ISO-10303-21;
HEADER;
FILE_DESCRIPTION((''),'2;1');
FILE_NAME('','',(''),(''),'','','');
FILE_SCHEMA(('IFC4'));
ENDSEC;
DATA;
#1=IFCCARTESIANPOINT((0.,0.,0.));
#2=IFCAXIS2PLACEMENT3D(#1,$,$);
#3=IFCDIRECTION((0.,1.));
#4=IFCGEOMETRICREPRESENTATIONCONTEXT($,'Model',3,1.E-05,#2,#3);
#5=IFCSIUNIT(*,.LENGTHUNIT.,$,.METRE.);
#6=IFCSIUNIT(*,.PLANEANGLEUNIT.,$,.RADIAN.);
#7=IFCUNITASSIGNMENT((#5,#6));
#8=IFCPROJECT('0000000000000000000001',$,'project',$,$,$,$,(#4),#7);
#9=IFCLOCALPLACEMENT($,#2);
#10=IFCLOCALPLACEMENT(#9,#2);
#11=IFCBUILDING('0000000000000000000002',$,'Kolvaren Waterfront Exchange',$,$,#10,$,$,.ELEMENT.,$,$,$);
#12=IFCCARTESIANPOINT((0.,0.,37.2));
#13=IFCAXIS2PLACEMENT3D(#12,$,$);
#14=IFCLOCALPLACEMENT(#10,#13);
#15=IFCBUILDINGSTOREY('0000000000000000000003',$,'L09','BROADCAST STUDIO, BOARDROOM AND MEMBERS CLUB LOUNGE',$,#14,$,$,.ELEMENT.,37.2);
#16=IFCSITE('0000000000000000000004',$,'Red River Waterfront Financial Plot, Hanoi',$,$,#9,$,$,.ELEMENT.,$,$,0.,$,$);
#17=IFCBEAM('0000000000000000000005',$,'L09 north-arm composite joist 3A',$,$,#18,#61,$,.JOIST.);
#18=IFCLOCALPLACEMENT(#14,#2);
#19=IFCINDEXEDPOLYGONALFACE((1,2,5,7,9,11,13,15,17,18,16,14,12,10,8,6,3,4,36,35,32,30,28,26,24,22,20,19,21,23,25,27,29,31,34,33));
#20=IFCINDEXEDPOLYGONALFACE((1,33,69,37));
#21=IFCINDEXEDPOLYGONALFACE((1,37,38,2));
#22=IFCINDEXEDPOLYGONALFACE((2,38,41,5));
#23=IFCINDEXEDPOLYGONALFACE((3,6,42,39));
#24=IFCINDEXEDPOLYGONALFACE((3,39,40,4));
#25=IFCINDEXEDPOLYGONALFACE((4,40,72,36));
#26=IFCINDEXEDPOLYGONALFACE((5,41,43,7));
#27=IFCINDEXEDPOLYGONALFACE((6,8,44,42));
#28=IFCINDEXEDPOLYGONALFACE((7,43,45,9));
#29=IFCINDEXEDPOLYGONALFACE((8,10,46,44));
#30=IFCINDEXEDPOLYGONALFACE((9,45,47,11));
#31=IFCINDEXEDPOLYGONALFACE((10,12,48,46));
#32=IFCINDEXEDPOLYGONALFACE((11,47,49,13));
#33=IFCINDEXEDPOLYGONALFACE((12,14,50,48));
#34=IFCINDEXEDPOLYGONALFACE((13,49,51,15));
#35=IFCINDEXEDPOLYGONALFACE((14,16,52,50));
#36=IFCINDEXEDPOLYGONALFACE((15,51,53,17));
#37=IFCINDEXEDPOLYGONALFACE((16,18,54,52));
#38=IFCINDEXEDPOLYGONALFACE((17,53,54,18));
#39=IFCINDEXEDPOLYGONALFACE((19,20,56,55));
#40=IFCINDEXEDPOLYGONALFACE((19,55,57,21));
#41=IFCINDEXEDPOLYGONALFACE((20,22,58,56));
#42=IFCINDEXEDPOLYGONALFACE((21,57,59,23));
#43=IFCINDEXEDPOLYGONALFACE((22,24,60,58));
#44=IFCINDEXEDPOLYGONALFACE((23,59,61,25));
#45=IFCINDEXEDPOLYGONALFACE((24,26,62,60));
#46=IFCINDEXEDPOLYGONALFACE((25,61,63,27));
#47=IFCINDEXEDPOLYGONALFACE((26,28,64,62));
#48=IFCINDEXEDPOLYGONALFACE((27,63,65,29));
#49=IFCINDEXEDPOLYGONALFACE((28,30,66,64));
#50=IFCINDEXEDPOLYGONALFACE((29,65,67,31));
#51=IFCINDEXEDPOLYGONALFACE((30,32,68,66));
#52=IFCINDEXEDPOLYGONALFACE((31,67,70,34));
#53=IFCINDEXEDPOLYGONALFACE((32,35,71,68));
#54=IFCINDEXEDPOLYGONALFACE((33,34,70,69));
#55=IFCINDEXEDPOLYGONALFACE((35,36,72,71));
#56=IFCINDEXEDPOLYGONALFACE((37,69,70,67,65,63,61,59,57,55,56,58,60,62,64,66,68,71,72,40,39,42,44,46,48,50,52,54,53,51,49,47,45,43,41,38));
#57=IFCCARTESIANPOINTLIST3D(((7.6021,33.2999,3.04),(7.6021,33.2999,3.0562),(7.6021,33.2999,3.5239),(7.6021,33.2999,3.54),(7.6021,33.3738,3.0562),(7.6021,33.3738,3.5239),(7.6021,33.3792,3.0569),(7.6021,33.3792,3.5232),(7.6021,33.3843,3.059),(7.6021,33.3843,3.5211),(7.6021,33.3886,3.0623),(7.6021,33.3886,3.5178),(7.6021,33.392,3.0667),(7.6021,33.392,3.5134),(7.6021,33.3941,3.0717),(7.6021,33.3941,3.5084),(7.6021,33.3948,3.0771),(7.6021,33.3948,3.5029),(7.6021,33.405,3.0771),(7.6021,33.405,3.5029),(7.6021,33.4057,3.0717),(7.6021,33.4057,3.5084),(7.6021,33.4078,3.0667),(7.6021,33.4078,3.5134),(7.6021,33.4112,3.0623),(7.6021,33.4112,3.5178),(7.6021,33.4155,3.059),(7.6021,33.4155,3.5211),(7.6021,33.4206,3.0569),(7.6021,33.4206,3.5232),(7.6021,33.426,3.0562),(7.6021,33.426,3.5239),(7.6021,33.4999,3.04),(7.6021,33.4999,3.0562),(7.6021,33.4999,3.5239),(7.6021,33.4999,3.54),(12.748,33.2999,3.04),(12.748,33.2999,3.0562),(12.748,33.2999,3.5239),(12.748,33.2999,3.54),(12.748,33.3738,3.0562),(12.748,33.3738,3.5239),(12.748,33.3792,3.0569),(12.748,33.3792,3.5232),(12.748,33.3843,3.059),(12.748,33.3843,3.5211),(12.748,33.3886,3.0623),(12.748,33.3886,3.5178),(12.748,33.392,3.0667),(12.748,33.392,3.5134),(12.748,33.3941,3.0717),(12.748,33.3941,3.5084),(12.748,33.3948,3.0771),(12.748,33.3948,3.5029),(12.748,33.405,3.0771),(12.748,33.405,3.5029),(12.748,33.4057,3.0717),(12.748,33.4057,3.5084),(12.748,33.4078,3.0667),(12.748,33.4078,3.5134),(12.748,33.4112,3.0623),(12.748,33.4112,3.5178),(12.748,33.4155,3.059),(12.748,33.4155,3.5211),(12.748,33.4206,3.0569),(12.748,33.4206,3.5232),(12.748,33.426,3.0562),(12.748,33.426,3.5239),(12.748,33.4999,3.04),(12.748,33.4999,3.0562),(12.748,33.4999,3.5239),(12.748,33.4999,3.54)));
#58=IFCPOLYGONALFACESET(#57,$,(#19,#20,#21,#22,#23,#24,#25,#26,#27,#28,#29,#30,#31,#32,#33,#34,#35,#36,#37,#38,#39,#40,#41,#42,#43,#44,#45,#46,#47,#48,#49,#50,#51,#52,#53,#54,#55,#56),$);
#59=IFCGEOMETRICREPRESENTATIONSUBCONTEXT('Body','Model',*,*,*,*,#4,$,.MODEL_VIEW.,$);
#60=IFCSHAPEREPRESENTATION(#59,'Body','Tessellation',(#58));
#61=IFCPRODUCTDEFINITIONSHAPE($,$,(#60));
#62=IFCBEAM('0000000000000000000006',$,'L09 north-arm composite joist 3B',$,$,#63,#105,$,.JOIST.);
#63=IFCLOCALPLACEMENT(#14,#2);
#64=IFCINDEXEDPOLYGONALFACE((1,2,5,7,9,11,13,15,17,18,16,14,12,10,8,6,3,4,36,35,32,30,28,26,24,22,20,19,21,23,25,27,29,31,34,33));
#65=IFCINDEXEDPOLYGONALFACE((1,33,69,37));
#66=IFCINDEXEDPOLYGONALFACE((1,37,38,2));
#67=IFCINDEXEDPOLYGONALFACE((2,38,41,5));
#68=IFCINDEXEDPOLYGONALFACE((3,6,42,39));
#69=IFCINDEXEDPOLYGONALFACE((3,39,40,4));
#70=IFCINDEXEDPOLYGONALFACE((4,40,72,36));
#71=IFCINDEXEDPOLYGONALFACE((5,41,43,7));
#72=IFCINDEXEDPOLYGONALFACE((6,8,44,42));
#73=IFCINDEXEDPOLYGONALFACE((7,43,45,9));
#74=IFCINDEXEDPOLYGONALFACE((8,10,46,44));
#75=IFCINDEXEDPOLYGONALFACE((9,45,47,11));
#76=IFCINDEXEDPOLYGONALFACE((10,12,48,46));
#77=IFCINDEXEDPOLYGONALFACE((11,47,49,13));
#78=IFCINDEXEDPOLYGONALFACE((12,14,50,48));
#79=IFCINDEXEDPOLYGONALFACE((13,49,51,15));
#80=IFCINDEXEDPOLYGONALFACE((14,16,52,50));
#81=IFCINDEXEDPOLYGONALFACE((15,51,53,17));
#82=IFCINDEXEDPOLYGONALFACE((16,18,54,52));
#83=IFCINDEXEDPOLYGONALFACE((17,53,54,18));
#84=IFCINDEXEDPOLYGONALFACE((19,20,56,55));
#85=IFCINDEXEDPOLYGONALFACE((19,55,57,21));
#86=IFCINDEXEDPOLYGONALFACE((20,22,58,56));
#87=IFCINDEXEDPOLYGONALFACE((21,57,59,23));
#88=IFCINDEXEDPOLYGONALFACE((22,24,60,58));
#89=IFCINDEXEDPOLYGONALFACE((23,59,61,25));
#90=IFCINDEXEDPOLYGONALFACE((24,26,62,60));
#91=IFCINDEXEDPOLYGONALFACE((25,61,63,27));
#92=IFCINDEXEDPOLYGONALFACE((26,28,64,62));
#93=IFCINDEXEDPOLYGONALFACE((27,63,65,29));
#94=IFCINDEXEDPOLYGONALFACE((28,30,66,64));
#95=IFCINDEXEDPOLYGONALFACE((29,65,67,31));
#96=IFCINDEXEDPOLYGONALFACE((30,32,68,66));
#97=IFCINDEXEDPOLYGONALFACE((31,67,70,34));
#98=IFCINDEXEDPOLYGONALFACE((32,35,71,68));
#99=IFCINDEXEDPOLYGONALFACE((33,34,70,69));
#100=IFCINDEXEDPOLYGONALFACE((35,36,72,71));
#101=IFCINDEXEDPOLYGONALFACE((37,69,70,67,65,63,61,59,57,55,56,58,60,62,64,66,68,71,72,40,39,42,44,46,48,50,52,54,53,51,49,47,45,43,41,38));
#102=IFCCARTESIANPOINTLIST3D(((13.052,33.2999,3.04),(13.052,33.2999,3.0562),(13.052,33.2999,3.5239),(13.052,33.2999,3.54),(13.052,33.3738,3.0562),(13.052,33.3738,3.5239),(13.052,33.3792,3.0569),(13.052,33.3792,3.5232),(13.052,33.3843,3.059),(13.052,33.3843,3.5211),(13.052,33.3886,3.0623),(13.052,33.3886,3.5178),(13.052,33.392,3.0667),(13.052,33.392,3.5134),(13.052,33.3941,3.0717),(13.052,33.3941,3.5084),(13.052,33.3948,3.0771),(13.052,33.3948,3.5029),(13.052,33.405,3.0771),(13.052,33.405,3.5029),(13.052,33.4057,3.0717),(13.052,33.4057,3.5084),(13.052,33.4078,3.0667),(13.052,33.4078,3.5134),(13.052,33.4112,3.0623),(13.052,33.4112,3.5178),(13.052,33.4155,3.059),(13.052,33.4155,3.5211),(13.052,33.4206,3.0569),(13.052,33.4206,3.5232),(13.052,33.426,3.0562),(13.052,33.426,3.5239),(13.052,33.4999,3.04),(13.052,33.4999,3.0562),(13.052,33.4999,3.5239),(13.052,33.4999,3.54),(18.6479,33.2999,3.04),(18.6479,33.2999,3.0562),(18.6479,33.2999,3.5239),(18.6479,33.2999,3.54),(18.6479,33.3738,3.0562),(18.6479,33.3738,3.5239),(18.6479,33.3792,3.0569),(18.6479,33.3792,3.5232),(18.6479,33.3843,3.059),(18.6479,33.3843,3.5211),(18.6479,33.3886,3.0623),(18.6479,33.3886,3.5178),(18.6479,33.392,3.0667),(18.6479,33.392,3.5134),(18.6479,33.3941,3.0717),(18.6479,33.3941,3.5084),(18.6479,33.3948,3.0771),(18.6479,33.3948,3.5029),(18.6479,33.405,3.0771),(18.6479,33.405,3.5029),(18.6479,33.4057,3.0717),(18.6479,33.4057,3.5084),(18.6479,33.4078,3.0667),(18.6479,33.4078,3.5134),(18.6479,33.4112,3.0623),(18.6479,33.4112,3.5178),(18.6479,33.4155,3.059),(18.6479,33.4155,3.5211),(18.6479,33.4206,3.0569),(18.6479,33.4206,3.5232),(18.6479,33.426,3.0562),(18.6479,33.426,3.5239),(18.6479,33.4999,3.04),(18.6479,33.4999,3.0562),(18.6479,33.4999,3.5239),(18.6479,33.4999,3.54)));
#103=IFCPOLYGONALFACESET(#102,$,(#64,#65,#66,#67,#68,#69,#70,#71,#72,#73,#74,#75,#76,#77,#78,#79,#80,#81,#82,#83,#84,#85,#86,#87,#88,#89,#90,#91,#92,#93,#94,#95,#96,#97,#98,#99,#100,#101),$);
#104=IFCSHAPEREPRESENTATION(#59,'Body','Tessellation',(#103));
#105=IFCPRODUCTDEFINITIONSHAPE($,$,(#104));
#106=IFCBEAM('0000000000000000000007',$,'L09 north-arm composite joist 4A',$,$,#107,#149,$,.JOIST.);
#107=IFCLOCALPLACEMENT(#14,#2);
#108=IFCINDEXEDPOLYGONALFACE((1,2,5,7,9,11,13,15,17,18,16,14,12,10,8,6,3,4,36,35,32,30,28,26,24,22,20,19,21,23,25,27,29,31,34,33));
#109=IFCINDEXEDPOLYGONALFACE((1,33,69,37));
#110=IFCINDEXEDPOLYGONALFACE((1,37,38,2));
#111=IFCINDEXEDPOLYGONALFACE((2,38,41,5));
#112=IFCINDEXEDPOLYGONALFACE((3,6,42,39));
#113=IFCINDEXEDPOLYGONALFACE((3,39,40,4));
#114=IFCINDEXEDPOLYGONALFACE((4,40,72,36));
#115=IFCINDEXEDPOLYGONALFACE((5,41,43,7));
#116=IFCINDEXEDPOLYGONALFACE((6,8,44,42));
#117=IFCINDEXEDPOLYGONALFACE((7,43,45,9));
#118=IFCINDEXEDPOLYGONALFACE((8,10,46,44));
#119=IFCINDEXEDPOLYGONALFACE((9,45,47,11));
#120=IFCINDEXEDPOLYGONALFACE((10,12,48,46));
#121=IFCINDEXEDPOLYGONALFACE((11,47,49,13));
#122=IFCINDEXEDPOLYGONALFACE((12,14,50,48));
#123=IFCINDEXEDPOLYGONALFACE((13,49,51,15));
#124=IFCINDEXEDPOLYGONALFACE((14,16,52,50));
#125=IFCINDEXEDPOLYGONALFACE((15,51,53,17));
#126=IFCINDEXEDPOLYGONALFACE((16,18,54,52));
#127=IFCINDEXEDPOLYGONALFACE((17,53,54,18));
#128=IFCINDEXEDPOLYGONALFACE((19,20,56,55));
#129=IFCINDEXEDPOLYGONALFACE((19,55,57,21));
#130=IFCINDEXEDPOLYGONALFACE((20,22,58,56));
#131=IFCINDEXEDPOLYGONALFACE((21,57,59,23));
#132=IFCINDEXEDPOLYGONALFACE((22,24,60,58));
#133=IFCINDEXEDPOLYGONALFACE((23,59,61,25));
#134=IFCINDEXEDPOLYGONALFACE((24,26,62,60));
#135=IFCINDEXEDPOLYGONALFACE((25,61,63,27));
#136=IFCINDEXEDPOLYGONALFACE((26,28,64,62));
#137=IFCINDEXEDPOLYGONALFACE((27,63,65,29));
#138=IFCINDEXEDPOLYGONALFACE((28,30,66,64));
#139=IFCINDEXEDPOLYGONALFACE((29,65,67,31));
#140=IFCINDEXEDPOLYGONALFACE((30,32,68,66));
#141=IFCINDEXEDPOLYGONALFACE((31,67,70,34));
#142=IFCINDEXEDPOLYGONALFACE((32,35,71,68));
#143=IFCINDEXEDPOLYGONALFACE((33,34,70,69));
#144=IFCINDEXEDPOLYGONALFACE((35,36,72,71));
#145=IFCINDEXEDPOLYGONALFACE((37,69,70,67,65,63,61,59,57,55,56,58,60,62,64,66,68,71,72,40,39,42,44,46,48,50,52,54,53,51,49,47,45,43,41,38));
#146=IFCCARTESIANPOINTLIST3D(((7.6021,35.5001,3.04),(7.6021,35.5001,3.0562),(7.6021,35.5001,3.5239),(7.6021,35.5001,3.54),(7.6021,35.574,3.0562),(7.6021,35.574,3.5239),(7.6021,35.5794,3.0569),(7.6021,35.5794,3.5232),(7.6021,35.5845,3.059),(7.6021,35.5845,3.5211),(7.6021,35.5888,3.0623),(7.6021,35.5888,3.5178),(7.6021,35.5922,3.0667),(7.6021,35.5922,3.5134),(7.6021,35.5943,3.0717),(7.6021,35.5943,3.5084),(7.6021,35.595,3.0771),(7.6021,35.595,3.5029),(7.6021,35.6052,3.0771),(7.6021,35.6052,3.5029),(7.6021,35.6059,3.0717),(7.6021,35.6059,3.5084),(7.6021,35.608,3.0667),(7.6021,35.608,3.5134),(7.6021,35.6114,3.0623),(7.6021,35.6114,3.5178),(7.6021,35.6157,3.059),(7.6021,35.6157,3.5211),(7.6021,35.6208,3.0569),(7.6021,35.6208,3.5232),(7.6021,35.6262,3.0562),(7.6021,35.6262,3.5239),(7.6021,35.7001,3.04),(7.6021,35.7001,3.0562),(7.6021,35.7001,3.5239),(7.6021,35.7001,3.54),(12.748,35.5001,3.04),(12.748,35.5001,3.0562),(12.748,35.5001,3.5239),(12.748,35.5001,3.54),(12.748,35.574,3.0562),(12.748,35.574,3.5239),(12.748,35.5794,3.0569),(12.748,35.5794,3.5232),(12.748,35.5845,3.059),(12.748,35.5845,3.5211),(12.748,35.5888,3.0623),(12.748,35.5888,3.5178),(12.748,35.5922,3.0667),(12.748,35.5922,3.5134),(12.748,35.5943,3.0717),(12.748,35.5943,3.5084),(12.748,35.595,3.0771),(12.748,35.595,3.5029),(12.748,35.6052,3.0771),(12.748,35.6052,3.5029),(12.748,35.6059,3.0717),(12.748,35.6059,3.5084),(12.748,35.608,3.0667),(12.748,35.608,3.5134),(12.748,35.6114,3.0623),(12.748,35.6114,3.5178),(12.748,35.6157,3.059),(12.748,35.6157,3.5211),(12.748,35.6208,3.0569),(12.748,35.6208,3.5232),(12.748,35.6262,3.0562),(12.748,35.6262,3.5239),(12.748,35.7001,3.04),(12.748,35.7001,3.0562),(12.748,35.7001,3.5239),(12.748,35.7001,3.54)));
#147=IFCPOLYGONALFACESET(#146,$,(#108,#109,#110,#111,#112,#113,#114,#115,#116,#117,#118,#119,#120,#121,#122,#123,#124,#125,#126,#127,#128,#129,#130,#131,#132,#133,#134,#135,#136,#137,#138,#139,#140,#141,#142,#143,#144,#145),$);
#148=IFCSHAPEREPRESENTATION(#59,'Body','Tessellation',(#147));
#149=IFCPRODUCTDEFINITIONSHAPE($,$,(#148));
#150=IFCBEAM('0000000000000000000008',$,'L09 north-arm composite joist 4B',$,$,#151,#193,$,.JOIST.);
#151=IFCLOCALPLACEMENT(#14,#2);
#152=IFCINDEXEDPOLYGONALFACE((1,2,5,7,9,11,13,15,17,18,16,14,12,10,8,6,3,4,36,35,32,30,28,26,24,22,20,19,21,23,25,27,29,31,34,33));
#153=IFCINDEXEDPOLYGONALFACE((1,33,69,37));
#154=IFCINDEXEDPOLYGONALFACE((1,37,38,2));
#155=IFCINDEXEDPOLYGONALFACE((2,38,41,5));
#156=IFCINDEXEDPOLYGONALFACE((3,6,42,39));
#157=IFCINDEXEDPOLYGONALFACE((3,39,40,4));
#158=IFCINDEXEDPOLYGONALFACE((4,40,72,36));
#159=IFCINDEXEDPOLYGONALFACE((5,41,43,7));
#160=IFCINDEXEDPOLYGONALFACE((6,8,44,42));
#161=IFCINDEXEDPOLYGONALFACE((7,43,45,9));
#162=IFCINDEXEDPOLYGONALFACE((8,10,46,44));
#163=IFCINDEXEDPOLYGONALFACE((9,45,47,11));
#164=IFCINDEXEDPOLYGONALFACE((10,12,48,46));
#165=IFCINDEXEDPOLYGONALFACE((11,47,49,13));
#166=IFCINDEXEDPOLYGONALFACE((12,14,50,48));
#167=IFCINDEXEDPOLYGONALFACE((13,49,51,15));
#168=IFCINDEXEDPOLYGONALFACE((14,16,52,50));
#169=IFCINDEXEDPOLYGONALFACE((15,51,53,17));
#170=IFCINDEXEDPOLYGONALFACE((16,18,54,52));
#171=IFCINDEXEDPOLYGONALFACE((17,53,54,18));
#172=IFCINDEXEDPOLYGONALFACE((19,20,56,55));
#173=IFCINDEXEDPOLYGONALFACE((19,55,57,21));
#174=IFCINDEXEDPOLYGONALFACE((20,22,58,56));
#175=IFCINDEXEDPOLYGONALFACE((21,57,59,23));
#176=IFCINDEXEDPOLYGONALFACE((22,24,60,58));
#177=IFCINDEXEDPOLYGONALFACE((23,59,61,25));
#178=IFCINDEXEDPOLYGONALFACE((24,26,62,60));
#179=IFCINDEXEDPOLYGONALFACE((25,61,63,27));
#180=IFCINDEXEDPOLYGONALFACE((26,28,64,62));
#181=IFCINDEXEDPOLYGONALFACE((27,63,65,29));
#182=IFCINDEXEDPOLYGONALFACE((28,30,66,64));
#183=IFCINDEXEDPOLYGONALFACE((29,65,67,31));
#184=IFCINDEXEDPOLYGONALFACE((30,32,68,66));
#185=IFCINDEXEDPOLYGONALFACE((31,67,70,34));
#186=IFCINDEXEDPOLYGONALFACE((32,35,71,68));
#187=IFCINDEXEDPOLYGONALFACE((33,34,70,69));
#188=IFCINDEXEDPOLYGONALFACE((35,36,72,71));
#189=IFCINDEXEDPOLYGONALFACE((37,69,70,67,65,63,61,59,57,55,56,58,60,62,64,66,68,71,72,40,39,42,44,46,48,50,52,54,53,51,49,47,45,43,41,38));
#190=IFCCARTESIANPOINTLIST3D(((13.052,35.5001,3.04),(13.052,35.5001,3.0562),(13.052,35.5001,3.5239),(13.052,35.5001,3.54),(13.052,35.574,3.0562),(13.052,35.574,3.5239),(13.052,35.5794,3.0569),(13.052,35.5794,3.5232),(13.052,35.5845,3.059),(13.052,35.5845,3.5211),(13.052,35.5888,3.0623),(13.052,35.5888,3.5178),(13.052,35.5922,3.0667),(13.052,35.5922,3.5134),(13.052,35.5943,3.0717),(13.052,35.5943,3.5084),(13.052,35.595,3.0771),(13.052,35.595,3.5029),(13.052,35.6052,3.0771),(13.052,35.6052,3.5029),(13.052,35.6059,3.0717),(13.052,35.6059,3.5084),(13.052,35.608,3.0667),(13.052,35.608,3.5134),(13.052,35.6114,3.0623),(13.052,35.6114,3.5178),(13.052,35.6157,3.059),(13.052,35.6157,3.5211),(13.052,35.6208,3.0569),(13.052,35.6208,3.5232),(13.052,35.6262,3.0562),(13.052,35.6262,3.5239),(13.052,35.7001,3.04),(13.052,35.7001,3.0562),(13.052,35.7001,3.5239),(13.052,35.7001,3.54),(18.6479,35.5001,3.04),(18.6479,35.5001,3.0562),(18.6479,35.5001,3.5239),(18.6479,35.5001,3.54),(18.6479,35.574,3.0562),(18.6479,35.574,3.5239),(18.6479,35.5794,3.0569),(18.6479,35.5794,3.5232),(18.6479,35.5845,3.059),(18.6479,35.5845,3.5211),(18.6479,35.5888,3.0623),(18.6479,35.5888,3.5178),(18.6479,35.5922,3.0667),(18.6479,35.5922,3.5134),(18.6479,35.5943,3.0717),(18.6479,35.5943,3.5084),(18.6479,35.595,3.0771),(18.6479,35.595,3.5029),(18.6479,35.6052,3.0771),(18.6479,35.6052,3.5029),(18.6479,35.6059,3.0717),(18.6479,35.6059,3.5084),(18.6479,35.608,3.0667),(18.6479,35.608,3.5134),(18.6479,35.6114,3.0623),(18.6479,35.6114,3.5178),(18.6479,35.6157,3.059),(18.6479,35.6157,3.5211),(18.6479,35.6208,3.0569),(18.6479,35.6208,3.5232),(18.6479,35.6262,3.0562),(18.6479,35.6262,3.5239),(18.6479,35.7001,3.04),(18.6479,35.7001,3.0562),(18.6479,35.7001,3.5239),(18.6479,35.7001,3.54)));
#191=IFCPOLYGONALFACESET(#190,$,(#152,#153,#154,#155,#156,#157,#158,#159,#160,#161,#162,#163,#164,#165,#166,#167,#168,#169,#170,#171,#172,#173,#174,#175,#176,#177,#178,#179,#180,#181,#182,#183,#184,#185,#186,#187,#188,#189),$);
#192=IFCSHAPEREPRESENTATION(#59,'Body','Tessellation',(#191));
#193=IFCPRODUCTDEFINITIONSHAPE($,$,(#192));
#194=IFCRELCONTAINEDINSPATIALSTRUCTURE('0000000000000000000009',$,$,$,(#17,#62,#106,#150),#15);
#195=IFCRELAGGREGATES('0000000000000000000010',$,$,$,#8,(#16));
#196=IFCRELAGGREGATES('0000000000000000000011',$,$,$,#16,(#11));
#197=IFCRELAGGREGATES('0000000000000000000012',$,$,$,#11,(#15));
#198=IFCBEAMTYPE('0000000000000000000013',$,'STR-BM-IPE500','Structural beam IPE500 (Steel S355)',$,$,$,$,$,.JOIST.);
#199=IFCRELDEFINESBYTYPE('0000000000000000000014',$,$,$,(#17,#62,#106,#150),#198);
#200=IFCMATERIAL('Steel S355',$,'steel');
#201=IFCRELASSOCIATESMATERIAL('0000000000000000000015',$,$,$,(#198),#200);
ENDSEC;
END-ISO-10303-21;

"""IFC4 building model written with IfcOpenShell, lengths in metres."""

from ifc_helpers import new_model, si_unit, direction, frame, origin, origin_2d, place, context, subcontext, project, spatial, i_section, extrude, material, material_profile, profile_set, type_object, element, save


model = new_model("IFC4")

# Units and contexts
model_context = context("Model", 3, precision=1e-05, world=origin(), true_north=direction((0.0, 1.0)))
body_context = subcontext(model_context, "Body", "Model", "MODEL_VIEW")
ifc_project = project(units=[si_unit("LENGTHUNIT", "METRE"), si_unit("PLANEANGLEUNIT", "RADIAN")], contexts=[model_context])

# Site, building, storey
site_placement = place(None, origin())
site = spatial("IfcSite", under=ifc_project, at=site_placement, Name="Red River Waterfront Financial Plot, Hanoi", CompositionType="ELEMENT", RefElevation=0.0)
building_placement = place(site_placement, origin())
building = spatial("IfcBuilding", under=site, at=building_placement, Name="Kolvaren Waterfront Exchange", CompositionType="ELEMENT")
storey_placement = place(building_placement, frame((0.0, 0.0, 37.2)))
storey = spatial("IfcBuildingStorey", under=building, at=storey_placement, Name="L09", Description="BROADCAST STUDIO, BOARDROOM AND MEMBERS CLUB LOUNGE", CompositionType="ELEMENT", Elevation=37.2)

# Beams
ifc_material_1 = material(Name="Steel S355", Category="steel")
ifc_material_profile_1 = material_profile(ifc_material_1, i_section(OverallWidth=0.2, OverallDepth=0.5, WebThickness=0.0103, FlangeThickness=0.0161, FilletRadius=0.021, at=origin_2d()), Name="IPE500")
ifc_profile_set_1 = profile_set([ifc_material_profile_1], Name="Steel S355")
beam_type_1 = type_object("IfcBeamType", Name="STR-BM-IPE500", Description="Structural beam IPE500 (Steel S355)", PredefinedType="JOIST", material=ifc_profile_set_1)
beam_1_placement = place(storey_placement, frame((7.6021, 33.3999, 3.29), z_axis=(1.0, 0.0, 0.0), x_axis=(0.0, 1.0, 0.0)))
element("IfcBeam", 1, at=beam_1_placement, inside=storey, type_object=beam_type_1, Name="L09 north-arm composite joist 3A", PredefinedType="JOIST", context=body_context, shape_type="SweptSolid", body=[
    extrude(i_section(OverallWidth=0.2, OverallDepth=0.5, WebThickness=0.0103, FlangeThickness=0.0161, FilletRadius=0.021, at=origin_2d()), origin(), (0.0, 0.0, 1.0), 5.146),
])
beam_2_placement = place(storey_placement, frame((13.052, 33.3999, 3.29), z_axis=(1.0, 0.0, 0.0), x_axis=(0.0, 1.0, 0.0)))
element("IfcBeam", 2, at=beam_2_placement, inside=storey, type_object=beam_type_1, Name="L09 north-arm composite joist 3B", PredefinedType="JOIST", context=body_context, shape_type="SweptSolid", body=[
    extrude(i_section(OverallWidth=0.2, OverallDepth=0.5, WebThickness=0.0103, FlangeThickness=0.0161, FilletRadius=0.021, at=origin_2d()), origin(), (0.0, 0.0, 1.0), 5.5959),
])
beam_3_placement = place(storey_placement, frame((7.6021, 35.6001, 3.29), z_axis=(1.0, 0.0, 0.0), x_axis=(0.0, 1.0, 0.0)))
element("IfcBeam", 3, at=beam_3_placement, inside=storey, type_object=beam_type_1, Name="L09 north-arm composite joist 4A", PredefinedType="JOIST", context=body_context, shape_type="SweptSolid", body=[
    extrude(i_section(OverallWidth=0.2, OverallDepth=0.5, WebThickness=0.0103, FlangeThickness=0.0161, FilletRadius=0.021, at=origin_2d()), origin(), (0.0, 0.0, 1.0), 5.146),
])
beam_4_placement = place(storey_placement, frame((13.052, 35.6001, 3.29), z_axis=(1.0, 0.0, 0.0), x_axis=(0.0, 1.0, 0.0)))
element("IfcBeam", 4, at=beam_4_placement, inside=storey, type_object=beam_type_1, Name="L09 north-arm composite joist 4B", PredefinedType="JOIST", context=body_context, shape_type="SweptSolid", body=[
    extrude(i_section(OverallWidth=0.2, OverallDepth=0.5, WebThickness=0.0103, FlangeThickness=0.0161, FilletRadius=0.021, at=origin_2d()), origin(), (0.0, 0.0, 1.0), 5.5959),
])

save(model, "model.ifc")
